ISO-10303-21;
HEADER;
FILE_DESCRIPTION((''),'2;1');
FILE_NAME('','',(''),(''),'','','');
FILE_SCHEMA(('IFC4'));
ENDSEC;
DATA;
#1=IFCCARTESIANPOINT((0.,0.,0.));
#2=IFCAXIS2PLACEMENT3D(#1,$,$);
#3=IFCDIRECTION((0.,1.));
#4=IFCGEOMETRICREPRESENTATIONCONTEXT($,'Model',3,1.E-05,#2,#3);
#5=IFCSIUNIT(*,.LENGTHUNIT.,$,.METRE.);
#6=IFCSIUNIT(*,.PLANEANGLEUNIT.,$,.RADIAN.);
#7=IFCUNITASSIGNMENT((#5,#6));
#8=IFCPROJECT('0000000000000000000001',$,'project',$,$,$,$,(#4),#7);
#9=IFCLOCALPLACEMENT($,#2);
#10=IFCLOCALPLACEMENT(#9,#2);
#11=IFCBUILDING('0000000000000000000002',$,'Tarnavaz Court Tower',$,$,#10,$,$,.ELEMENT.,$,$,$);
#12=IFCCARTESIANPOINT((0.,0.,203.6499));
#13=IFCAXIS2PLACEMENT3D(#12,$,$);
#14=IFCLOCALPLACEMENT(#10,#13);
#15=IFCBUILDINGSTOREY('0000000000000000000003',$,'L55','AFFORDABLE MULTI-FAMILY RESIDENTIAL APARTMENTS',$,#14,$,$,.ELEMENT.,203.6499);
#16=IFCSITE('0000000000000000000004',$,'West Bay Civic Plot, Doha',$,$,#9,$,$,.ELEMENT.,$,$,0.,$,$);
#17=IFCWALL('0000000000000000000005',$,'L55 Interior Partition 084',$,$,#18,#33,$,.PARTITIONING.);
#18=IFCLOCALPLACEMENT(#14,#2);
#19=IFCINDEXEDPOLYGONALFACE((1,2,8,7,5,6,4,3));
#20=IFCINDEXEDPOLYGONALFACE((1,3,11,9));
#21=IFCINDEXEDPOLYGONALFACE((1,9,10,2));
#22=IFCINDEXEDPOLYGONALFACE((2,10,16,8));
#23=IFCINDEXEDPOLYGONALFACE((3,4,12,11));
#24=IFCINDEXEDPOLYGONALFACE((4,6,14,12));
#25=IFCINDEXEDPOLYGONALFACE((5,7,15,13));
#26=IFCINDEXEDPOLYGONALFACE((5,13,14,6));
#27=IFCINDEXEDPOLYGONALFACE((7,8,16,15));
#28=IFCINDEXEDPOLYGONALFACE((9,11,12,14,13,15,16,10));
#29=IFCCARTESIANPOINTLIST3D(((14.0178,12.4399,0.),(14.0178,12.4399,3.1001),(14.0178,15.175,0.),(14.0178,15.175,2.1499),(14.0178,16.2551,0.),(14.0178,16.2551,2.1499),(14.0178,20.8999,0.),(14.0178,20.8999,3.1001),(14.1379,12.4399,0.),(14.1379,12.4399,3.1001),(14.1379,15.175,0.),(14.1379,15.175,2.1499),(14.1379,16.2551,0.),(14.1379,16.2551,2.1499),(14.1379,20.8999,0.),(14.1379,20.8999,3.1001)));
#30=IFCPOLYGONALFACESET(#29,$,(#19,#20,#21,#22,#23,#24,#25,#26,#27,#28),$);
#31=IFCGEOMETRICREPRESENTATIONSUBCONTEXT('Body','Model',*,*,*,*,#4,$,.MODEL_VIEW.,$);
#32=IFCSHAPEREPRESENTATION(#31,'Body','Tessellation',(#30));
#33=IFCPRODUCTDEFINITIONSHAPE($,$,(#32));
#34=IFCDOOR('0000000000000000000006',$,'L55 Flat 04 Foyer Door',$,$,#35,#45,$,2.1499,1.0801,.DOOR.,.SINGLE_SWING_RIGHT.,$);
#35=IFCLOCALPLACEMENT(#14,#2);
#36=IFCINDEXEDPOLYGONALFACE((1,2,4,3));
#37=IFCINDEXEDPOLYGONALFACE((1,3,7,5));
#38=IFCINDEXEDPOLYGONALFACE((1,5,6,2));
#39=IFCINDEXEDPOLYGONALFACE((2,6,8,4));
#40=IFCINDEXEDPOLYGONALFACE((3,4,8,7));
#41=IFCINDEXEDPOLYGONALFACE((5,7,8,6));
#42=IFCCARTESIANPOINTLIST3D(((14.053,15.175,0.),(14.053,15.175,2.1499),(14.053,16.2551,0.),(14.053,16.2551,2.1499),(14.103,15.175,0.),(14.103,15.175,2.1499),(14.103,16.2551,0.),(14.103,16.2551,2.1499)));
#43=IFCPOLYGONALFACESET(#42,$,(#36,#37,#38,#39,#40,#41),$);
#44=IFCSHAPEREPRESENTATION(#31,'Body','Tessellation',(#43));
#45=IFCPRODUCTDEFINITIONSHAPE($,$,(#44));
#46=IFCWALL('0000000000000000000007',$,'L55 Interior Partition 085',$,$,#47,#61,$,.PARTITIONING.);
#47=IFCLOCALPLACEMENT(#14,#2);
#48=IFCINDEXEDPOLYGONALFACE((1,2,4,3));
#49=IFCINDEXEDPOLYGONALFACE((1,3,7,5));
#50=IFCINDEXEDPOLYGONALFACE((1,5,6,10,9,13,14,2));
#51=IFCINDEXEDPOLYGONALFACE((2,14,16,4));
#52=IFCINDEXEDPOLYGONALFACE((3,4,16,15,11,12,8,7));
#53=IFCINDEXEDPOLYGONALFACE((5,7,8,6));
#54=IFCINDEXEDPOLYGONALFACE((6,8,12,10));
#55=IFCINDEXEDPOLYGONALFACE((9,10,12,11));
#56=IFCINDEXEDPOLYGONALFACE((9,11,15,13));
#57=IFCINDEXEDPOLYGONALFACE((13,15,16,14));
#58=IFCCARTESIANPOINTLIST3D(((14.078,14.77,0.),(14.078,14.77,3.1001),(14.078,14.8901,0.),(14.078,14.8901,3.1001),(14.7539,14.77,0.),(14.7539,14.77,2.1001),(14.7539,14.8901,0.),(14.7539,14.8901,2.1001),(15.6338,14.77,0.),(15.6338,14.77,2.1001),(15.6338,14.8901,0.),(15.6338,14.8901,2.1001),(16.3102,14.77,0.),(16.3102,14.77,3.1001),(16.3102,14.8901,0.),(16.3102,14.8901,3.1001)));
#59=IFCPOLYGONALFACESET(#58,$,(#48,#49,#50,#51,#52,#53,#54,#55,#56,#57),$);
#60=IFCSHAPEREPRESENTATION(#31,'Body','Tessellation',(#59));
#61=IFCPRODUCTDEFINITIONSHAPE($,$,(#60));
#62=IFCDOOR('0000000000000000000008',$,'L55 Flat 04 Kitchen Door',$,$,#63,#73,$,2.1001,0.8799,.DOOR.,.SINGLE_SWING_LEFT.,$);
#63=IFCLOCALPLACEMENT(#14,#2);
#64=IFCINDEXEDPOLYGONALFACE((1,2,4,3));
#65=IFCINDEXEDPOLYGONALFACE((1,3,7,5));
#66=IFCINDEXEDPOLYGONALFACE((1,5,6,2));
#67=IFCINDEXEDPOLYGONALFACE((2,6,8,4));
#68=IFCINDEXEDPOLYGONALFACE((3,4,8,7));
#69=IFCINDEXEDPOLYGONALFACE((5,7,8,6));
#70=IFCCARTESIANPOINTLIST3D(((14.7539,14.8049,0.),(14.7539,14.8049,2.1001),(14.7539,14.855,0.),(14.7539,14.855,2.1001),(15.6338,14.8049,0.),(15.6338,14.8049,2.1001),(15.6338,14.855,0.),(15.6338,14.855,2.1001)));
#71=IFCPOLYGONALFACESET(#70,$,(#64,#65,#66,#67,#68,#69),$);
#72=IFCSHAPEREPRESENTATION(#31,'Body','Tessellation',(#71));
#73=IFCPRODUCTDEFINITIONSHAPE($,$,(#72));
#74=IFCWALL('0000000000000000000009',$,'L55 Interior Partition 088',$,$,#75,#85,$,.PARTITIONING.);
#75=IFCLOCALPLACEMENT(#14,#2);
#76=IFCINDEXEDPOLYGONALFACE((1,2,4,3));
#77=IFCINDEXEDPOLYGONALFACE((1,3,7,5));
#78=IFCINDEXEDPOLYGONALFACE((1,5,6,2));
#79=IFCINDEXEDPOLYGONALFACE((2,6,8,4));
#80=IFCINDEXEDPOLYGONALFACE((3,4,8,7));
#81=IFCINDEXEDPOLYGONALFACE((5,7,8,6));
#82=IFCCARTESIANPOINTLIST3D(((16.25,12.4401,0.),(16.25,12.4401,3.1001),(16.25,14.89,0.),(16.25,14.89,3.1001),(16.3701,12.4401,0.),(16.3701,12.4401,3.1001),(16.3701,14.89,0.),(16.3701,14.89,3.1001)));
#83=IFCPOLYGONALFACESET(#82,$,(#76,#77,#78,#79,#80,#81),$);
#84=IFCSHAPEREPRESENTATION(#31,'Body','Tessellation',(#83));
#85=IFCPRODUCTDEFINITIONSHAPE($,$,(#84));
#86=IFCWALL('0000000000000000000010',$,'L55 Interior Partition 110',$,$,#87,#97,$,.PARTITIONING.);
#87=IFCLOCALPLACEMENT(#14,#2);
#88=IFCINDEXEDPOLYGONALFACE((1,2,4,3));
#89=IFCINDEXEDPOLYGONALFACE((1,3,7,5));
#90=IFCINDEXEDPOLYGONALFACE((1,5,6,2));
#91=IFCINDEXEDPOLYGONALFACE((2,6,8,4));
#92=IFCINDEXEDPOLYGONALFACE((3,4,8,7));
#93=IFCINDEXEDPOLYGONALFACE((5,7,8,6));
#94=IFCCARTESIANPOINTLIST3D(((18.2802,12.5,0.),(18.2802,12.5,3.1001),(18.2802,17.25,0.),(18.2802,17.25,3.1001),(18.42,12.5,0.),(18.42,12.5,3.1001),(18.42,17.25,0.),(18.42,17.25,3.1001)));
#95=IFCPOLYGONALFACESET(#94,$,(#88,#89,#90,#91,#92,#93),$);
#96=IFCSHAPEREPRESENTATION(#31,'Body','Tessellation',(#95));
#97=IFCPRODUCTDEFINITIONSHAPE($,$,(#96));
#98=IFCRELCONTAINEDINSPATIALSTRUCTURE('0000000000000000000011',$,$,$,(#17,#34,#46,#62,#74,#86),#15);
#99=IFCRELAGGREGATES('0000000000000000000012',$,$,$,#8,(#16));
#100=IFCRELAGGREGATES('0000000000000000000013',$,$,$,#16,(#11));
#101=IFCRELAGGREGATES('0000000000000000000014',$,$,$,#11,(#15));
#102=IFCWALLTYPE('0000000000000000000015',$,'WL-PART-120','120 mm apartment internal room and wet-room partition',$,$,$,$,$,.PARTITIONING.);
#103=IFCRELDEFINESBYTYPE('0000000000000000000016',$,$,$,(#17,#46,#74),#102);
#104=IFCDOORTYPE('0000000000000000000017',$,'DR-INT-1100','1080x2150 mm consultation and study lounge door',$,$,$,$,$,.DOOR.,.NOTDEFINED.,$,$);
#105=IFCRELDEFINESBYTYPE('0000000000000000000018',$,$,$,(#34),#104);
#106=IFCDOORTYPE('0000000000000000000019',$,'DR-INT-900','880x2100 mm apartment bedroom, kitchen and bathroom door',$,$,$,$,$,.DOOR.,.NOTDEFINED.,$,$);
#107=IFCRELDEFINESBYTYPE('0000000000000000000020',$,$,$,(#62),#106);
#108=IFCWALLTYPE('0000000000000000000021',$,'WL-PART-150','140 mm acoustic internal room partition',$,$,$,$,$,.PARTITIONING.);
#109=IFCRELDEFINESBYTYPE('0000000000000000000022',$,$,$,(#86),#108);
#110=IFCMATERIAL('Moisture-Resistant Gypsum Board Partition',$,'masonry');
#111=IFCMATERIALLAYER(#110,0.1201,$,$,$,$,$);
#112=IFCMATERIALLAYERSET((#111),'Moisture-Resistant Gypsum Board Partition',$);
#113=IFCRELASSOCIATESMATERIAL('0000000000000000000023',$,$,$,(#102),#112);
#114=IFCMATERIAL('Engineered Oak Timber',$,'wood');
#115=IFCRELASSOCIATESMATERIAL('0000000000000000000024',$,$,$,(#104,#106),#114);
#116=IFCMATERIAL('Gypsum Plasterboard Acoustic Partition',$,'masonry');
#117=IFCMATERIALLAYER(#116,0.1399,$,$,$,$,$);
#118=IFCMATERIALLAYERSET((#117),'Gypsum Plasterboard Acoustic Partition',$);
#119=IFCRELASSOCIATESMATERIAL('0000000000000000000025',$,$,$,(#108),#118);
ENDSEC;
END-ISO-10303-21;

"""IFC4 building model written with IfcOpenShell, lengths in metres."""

from ifc_helpers import new_model, si_unit, direction, frame, frame_2d, origin, place, context, subcontext, project, spatial, rectangle, extrude, material, layer, layer_set, type_object, element, fill, save


model = new_model("IFC4")

# Units and contexts
model_context = context("Model", 3, precision=1e-05, world=origin(), true_north=direction((0.0, 1.0)))
body_context = subcontext(model_context, "Body", "Model", "MODEL_VIEW")
ifc_project = project(units=[si_unit("LENGTHUNIT", "METRE"), si_unit("PLANEANGLEUNIT", "RADIAN")], contexts=[model_context])

# Site, building, storey
site_placement = place(None, origin())
site = spatial("IfcSite", under=ifc_project, at=site_placement, Name="West Bay Civic Plot, Doha", CompositionType="ELEMENT", RefElevation=0.0)
building_placement = place(site_placement, origin())
building = spatial("IfcBuilding", under=site, at=building_placement, Name="Tarnavaz Court Tower", CompositionType="ELEMENT")
storey_placement = place(building_placement, frame((0.0, 0.0, 203.6499)))
storey = spatial("IfcBuildingStorey", under=building, at=storey_placement, Name="L55", Description="AFFORDABLE MULTI-FAMILY RESIDENTIAL APARTMENTS", CompositionType="ELEMENT", Elevation=203.6499)

# Walls, openings, doors
ifc_material_1 = material(Name="Engineered Oak Timber", Category="wood")
ifc_material_2 = material(Name="Moisture-Resistant Gypsum Board Partition", Category="masonry")
ifc_layer_1 = layer(ifc_material_2, 0.1201)
ifc_layer_set_1 = layer_set([ifc_layer_1], Name="Moisture-Resistant Gypsum Board Partition")
wall_type_1 = type_object("IfcWallType", Name="WL-PART-120", Description="120 mm apartment internal room and wet-room partition", PredefinedType="PARTITIONING", material=ifc_layer_set_1)
wall_1_placement = place(storey_placement, frame((14.0779, 12.4399, 0.0), z_axis=(0.0, 0.0, 1.0), x_axis=(0.0, 1.0, 0.0)))
wall_1 = element("IfcWall", 1, at=wall_1_placement, inside=storey, type_object=wall_type_1, Name="L55 Interior Partition 084", PredefinedType="PARTITIONING", context=body_context, shape_type="SweptSolid", body=[
    extrude(rectangle(XDim=8.46, YDim=0.1201, at=frame_2d((4.23, 0.0))), origin(), (0.0, 0.0, 1.0), 3.1001),
])
opening_1_placement = place(wall_1_placement, frame((2.7351, 0.0, 0.0)))
opening_1 = element("IfcOpeningElement", 2, at=opening_1_placement, cuts=wall_1, PredefinedType="OPENING", context=body_context, shape_type="SweptSolid", body=[
    extrude(rectangle(XDim=1.0801, YDim=2.1499, at=frame_2d((0.54, 1.075))), frame((0.0, 0.0701, 0.0), z_axis=(0.0, -1.0, 0.0), x_axis=(1.0, 0.0, 0.0)), (0.0, 0.0, 1.0), 0.1401),
])
door_type_1 = type_object("IfcDoorType", Name="DR-INT-1100", Description="1080x2150 mm consultation and study lounge door", OperationType="NOTDEFINED", PredefinedType="DOOR", material=ifc_material_1)
door_1_placement = place(opening_1_placement, origin())
door_1 = element("IfcDoor", 3, at=door_1_placement, inside=storey, type_object=door_type_1, Name="L55 Flat 04 Foyer Door", OperationType="SINGLE_SWING_RIGHT", OverallHeight=2.1499, OverallWidth=1.0801, PredefinedType="DOOR", context=body_context, shape_type="SweptSolid", body=[
    extrude(rectangle(XDim=1.0801, YDim=2.1499, at=frame_2d((0.54, 1.075))), frame((0.0, 0.0249, 0.0), z_axis=(0.0, -1.0, 0.0), x_axis=(1.0, 0.0, 0.0)), (0.0, 0.0, 1.0), 0.05),
])
fill(opening_1, door_1)
wall_2_placement = place(storey_placement, frame((14.0779, 14.8301, 0.0), z_axis=(0.0, 0.0, 1.0), x_axis=(1.0, 0.0, 0.0)))
wall_2 = element("IfcWall", 4, at=wall_2_placement, inside=storey, type_object=wall_type_1, Name="L55 Interior Partition 085", PredefinedType="PARTITIONING", context=body_context, shape_type="SweptSolid", body=[
    extrude(rectangle(XDim=2.2322, YDim=0.1201, at=frame_2d((1.1162, 0.0))), origin(), (0.0, 0.0, 1.0), 3.1001),
])
opening_2_placement = place(wall_2_placement, frame((0.676, 0.0, 0.0)))
opening_2 = element("IfcOpeningElement", 5, at=opening_2_placement, cuts=wall_2, PredefinedType="OPENING", context=body_context, shape_type="SweptSolid", body=[
    extrude(rectangle(XDim=0.8799, YDim=2.1001, at=frame_2d((0.4399, 1.05))), frame((0.0, 0.0701, 0.0), z_axis=(0.0, -1.0, 0.0), x_axis=(1.0, 0.0, 0.0)), (0.0, 0.0, 1.0), 0.1401),
])
door_type_2 = type_object("IfcDoorType", Name="DR-INT-900", Description="880x2100 mm apartment bedroom, kitchen and bathroom door", OperationType="NOTDEFINED", PredefinedType="DOOR", material=ifc_material_1)
door_2_placement = place(opening_2_placement, origin())
door_2 = element("IfcDoor", 6, at=door_2_placement, inside=storey, type_object=door_type_2, Name="L55 Flat 04 Kitchen Door", OperationType="SINGLE_SWING_LEFT", OverallHeight=2.1001, OverallWidth=0.8799, PredefinedType="DOOR", context=body_context, shape_type="SweptSolid", body=[
    extrude(rectangle(XDim=0.8799, YDim=2.1001, at=frame_2d((0.4399, 1.05))), frame((0.0, 0.0249, 0.0), z_axis=(0.0, -1.0, 0.0), x_axis=(1.0, 0.0, 0.0)), (0.0, 0.0, 1.0), 0.05),
])
fill(opening_2, door_2)

# Walls
wall_3_placement = place(storey_placement, frame((16.3101, 12.4399, 0.0), z_axis=(0.0, 0.0, 1.0), x_axis=(0.0, 1.0, 0.0)))
element("IfcWall", 7, at=wall_3_placement, inside=storey, type_object=wall_type_1, Name="L55 Interior Partition 088", PredefinedType="PARTITIONING", context=body_context, shape_type="SweptSolid", body=[
    extrude(rectangle(XDim=2.45, YDim=0.1201, at=frame_2d((1.2251, 0.0))), origin(), (0.0, 0.0, 1.0), 3.1001),
])
ifc_material_3 = material(Name="Gypsum Plasterboard Acoustic Partition", Category="masonry")
ifc_layer_2 = layer(ifc_material_3, 0.1399)
ifc_layer_set_2 = layer_set([ifc_layer_2], Name="Gypsum Plasterboard Acoustic Partition")
wall_type_2 = type_object("IfcWallType", Name="WL-PART-150", Description="140 mm acoustic internal room partition", PredefinedType="PARTITIONING", material=ifc_layer_set_2)
wall_4_placement = place(storey_placement, frame((18.3501, 12.5, 0.0), z_axis=(0.0, 0.0, 1.0), x_axis=(0.0, 1.0, 0.0)))
element("IfcWall", 8, at=wall_4_placement, inside=storey, type_object=wall_type_2, Name="L55 Interior Partition 110", PredefinedType="PARTITIONING", context=body_context, shape_type="SweptSolid", body=[
    extrude(rectangle(XDim=4.75, YDim=0.1399, at=frame_2d((2.375, 0.0))), origin(), (0.0, 0.0, 1.0), 3.1001),
])

save(model, "model.ifc")
